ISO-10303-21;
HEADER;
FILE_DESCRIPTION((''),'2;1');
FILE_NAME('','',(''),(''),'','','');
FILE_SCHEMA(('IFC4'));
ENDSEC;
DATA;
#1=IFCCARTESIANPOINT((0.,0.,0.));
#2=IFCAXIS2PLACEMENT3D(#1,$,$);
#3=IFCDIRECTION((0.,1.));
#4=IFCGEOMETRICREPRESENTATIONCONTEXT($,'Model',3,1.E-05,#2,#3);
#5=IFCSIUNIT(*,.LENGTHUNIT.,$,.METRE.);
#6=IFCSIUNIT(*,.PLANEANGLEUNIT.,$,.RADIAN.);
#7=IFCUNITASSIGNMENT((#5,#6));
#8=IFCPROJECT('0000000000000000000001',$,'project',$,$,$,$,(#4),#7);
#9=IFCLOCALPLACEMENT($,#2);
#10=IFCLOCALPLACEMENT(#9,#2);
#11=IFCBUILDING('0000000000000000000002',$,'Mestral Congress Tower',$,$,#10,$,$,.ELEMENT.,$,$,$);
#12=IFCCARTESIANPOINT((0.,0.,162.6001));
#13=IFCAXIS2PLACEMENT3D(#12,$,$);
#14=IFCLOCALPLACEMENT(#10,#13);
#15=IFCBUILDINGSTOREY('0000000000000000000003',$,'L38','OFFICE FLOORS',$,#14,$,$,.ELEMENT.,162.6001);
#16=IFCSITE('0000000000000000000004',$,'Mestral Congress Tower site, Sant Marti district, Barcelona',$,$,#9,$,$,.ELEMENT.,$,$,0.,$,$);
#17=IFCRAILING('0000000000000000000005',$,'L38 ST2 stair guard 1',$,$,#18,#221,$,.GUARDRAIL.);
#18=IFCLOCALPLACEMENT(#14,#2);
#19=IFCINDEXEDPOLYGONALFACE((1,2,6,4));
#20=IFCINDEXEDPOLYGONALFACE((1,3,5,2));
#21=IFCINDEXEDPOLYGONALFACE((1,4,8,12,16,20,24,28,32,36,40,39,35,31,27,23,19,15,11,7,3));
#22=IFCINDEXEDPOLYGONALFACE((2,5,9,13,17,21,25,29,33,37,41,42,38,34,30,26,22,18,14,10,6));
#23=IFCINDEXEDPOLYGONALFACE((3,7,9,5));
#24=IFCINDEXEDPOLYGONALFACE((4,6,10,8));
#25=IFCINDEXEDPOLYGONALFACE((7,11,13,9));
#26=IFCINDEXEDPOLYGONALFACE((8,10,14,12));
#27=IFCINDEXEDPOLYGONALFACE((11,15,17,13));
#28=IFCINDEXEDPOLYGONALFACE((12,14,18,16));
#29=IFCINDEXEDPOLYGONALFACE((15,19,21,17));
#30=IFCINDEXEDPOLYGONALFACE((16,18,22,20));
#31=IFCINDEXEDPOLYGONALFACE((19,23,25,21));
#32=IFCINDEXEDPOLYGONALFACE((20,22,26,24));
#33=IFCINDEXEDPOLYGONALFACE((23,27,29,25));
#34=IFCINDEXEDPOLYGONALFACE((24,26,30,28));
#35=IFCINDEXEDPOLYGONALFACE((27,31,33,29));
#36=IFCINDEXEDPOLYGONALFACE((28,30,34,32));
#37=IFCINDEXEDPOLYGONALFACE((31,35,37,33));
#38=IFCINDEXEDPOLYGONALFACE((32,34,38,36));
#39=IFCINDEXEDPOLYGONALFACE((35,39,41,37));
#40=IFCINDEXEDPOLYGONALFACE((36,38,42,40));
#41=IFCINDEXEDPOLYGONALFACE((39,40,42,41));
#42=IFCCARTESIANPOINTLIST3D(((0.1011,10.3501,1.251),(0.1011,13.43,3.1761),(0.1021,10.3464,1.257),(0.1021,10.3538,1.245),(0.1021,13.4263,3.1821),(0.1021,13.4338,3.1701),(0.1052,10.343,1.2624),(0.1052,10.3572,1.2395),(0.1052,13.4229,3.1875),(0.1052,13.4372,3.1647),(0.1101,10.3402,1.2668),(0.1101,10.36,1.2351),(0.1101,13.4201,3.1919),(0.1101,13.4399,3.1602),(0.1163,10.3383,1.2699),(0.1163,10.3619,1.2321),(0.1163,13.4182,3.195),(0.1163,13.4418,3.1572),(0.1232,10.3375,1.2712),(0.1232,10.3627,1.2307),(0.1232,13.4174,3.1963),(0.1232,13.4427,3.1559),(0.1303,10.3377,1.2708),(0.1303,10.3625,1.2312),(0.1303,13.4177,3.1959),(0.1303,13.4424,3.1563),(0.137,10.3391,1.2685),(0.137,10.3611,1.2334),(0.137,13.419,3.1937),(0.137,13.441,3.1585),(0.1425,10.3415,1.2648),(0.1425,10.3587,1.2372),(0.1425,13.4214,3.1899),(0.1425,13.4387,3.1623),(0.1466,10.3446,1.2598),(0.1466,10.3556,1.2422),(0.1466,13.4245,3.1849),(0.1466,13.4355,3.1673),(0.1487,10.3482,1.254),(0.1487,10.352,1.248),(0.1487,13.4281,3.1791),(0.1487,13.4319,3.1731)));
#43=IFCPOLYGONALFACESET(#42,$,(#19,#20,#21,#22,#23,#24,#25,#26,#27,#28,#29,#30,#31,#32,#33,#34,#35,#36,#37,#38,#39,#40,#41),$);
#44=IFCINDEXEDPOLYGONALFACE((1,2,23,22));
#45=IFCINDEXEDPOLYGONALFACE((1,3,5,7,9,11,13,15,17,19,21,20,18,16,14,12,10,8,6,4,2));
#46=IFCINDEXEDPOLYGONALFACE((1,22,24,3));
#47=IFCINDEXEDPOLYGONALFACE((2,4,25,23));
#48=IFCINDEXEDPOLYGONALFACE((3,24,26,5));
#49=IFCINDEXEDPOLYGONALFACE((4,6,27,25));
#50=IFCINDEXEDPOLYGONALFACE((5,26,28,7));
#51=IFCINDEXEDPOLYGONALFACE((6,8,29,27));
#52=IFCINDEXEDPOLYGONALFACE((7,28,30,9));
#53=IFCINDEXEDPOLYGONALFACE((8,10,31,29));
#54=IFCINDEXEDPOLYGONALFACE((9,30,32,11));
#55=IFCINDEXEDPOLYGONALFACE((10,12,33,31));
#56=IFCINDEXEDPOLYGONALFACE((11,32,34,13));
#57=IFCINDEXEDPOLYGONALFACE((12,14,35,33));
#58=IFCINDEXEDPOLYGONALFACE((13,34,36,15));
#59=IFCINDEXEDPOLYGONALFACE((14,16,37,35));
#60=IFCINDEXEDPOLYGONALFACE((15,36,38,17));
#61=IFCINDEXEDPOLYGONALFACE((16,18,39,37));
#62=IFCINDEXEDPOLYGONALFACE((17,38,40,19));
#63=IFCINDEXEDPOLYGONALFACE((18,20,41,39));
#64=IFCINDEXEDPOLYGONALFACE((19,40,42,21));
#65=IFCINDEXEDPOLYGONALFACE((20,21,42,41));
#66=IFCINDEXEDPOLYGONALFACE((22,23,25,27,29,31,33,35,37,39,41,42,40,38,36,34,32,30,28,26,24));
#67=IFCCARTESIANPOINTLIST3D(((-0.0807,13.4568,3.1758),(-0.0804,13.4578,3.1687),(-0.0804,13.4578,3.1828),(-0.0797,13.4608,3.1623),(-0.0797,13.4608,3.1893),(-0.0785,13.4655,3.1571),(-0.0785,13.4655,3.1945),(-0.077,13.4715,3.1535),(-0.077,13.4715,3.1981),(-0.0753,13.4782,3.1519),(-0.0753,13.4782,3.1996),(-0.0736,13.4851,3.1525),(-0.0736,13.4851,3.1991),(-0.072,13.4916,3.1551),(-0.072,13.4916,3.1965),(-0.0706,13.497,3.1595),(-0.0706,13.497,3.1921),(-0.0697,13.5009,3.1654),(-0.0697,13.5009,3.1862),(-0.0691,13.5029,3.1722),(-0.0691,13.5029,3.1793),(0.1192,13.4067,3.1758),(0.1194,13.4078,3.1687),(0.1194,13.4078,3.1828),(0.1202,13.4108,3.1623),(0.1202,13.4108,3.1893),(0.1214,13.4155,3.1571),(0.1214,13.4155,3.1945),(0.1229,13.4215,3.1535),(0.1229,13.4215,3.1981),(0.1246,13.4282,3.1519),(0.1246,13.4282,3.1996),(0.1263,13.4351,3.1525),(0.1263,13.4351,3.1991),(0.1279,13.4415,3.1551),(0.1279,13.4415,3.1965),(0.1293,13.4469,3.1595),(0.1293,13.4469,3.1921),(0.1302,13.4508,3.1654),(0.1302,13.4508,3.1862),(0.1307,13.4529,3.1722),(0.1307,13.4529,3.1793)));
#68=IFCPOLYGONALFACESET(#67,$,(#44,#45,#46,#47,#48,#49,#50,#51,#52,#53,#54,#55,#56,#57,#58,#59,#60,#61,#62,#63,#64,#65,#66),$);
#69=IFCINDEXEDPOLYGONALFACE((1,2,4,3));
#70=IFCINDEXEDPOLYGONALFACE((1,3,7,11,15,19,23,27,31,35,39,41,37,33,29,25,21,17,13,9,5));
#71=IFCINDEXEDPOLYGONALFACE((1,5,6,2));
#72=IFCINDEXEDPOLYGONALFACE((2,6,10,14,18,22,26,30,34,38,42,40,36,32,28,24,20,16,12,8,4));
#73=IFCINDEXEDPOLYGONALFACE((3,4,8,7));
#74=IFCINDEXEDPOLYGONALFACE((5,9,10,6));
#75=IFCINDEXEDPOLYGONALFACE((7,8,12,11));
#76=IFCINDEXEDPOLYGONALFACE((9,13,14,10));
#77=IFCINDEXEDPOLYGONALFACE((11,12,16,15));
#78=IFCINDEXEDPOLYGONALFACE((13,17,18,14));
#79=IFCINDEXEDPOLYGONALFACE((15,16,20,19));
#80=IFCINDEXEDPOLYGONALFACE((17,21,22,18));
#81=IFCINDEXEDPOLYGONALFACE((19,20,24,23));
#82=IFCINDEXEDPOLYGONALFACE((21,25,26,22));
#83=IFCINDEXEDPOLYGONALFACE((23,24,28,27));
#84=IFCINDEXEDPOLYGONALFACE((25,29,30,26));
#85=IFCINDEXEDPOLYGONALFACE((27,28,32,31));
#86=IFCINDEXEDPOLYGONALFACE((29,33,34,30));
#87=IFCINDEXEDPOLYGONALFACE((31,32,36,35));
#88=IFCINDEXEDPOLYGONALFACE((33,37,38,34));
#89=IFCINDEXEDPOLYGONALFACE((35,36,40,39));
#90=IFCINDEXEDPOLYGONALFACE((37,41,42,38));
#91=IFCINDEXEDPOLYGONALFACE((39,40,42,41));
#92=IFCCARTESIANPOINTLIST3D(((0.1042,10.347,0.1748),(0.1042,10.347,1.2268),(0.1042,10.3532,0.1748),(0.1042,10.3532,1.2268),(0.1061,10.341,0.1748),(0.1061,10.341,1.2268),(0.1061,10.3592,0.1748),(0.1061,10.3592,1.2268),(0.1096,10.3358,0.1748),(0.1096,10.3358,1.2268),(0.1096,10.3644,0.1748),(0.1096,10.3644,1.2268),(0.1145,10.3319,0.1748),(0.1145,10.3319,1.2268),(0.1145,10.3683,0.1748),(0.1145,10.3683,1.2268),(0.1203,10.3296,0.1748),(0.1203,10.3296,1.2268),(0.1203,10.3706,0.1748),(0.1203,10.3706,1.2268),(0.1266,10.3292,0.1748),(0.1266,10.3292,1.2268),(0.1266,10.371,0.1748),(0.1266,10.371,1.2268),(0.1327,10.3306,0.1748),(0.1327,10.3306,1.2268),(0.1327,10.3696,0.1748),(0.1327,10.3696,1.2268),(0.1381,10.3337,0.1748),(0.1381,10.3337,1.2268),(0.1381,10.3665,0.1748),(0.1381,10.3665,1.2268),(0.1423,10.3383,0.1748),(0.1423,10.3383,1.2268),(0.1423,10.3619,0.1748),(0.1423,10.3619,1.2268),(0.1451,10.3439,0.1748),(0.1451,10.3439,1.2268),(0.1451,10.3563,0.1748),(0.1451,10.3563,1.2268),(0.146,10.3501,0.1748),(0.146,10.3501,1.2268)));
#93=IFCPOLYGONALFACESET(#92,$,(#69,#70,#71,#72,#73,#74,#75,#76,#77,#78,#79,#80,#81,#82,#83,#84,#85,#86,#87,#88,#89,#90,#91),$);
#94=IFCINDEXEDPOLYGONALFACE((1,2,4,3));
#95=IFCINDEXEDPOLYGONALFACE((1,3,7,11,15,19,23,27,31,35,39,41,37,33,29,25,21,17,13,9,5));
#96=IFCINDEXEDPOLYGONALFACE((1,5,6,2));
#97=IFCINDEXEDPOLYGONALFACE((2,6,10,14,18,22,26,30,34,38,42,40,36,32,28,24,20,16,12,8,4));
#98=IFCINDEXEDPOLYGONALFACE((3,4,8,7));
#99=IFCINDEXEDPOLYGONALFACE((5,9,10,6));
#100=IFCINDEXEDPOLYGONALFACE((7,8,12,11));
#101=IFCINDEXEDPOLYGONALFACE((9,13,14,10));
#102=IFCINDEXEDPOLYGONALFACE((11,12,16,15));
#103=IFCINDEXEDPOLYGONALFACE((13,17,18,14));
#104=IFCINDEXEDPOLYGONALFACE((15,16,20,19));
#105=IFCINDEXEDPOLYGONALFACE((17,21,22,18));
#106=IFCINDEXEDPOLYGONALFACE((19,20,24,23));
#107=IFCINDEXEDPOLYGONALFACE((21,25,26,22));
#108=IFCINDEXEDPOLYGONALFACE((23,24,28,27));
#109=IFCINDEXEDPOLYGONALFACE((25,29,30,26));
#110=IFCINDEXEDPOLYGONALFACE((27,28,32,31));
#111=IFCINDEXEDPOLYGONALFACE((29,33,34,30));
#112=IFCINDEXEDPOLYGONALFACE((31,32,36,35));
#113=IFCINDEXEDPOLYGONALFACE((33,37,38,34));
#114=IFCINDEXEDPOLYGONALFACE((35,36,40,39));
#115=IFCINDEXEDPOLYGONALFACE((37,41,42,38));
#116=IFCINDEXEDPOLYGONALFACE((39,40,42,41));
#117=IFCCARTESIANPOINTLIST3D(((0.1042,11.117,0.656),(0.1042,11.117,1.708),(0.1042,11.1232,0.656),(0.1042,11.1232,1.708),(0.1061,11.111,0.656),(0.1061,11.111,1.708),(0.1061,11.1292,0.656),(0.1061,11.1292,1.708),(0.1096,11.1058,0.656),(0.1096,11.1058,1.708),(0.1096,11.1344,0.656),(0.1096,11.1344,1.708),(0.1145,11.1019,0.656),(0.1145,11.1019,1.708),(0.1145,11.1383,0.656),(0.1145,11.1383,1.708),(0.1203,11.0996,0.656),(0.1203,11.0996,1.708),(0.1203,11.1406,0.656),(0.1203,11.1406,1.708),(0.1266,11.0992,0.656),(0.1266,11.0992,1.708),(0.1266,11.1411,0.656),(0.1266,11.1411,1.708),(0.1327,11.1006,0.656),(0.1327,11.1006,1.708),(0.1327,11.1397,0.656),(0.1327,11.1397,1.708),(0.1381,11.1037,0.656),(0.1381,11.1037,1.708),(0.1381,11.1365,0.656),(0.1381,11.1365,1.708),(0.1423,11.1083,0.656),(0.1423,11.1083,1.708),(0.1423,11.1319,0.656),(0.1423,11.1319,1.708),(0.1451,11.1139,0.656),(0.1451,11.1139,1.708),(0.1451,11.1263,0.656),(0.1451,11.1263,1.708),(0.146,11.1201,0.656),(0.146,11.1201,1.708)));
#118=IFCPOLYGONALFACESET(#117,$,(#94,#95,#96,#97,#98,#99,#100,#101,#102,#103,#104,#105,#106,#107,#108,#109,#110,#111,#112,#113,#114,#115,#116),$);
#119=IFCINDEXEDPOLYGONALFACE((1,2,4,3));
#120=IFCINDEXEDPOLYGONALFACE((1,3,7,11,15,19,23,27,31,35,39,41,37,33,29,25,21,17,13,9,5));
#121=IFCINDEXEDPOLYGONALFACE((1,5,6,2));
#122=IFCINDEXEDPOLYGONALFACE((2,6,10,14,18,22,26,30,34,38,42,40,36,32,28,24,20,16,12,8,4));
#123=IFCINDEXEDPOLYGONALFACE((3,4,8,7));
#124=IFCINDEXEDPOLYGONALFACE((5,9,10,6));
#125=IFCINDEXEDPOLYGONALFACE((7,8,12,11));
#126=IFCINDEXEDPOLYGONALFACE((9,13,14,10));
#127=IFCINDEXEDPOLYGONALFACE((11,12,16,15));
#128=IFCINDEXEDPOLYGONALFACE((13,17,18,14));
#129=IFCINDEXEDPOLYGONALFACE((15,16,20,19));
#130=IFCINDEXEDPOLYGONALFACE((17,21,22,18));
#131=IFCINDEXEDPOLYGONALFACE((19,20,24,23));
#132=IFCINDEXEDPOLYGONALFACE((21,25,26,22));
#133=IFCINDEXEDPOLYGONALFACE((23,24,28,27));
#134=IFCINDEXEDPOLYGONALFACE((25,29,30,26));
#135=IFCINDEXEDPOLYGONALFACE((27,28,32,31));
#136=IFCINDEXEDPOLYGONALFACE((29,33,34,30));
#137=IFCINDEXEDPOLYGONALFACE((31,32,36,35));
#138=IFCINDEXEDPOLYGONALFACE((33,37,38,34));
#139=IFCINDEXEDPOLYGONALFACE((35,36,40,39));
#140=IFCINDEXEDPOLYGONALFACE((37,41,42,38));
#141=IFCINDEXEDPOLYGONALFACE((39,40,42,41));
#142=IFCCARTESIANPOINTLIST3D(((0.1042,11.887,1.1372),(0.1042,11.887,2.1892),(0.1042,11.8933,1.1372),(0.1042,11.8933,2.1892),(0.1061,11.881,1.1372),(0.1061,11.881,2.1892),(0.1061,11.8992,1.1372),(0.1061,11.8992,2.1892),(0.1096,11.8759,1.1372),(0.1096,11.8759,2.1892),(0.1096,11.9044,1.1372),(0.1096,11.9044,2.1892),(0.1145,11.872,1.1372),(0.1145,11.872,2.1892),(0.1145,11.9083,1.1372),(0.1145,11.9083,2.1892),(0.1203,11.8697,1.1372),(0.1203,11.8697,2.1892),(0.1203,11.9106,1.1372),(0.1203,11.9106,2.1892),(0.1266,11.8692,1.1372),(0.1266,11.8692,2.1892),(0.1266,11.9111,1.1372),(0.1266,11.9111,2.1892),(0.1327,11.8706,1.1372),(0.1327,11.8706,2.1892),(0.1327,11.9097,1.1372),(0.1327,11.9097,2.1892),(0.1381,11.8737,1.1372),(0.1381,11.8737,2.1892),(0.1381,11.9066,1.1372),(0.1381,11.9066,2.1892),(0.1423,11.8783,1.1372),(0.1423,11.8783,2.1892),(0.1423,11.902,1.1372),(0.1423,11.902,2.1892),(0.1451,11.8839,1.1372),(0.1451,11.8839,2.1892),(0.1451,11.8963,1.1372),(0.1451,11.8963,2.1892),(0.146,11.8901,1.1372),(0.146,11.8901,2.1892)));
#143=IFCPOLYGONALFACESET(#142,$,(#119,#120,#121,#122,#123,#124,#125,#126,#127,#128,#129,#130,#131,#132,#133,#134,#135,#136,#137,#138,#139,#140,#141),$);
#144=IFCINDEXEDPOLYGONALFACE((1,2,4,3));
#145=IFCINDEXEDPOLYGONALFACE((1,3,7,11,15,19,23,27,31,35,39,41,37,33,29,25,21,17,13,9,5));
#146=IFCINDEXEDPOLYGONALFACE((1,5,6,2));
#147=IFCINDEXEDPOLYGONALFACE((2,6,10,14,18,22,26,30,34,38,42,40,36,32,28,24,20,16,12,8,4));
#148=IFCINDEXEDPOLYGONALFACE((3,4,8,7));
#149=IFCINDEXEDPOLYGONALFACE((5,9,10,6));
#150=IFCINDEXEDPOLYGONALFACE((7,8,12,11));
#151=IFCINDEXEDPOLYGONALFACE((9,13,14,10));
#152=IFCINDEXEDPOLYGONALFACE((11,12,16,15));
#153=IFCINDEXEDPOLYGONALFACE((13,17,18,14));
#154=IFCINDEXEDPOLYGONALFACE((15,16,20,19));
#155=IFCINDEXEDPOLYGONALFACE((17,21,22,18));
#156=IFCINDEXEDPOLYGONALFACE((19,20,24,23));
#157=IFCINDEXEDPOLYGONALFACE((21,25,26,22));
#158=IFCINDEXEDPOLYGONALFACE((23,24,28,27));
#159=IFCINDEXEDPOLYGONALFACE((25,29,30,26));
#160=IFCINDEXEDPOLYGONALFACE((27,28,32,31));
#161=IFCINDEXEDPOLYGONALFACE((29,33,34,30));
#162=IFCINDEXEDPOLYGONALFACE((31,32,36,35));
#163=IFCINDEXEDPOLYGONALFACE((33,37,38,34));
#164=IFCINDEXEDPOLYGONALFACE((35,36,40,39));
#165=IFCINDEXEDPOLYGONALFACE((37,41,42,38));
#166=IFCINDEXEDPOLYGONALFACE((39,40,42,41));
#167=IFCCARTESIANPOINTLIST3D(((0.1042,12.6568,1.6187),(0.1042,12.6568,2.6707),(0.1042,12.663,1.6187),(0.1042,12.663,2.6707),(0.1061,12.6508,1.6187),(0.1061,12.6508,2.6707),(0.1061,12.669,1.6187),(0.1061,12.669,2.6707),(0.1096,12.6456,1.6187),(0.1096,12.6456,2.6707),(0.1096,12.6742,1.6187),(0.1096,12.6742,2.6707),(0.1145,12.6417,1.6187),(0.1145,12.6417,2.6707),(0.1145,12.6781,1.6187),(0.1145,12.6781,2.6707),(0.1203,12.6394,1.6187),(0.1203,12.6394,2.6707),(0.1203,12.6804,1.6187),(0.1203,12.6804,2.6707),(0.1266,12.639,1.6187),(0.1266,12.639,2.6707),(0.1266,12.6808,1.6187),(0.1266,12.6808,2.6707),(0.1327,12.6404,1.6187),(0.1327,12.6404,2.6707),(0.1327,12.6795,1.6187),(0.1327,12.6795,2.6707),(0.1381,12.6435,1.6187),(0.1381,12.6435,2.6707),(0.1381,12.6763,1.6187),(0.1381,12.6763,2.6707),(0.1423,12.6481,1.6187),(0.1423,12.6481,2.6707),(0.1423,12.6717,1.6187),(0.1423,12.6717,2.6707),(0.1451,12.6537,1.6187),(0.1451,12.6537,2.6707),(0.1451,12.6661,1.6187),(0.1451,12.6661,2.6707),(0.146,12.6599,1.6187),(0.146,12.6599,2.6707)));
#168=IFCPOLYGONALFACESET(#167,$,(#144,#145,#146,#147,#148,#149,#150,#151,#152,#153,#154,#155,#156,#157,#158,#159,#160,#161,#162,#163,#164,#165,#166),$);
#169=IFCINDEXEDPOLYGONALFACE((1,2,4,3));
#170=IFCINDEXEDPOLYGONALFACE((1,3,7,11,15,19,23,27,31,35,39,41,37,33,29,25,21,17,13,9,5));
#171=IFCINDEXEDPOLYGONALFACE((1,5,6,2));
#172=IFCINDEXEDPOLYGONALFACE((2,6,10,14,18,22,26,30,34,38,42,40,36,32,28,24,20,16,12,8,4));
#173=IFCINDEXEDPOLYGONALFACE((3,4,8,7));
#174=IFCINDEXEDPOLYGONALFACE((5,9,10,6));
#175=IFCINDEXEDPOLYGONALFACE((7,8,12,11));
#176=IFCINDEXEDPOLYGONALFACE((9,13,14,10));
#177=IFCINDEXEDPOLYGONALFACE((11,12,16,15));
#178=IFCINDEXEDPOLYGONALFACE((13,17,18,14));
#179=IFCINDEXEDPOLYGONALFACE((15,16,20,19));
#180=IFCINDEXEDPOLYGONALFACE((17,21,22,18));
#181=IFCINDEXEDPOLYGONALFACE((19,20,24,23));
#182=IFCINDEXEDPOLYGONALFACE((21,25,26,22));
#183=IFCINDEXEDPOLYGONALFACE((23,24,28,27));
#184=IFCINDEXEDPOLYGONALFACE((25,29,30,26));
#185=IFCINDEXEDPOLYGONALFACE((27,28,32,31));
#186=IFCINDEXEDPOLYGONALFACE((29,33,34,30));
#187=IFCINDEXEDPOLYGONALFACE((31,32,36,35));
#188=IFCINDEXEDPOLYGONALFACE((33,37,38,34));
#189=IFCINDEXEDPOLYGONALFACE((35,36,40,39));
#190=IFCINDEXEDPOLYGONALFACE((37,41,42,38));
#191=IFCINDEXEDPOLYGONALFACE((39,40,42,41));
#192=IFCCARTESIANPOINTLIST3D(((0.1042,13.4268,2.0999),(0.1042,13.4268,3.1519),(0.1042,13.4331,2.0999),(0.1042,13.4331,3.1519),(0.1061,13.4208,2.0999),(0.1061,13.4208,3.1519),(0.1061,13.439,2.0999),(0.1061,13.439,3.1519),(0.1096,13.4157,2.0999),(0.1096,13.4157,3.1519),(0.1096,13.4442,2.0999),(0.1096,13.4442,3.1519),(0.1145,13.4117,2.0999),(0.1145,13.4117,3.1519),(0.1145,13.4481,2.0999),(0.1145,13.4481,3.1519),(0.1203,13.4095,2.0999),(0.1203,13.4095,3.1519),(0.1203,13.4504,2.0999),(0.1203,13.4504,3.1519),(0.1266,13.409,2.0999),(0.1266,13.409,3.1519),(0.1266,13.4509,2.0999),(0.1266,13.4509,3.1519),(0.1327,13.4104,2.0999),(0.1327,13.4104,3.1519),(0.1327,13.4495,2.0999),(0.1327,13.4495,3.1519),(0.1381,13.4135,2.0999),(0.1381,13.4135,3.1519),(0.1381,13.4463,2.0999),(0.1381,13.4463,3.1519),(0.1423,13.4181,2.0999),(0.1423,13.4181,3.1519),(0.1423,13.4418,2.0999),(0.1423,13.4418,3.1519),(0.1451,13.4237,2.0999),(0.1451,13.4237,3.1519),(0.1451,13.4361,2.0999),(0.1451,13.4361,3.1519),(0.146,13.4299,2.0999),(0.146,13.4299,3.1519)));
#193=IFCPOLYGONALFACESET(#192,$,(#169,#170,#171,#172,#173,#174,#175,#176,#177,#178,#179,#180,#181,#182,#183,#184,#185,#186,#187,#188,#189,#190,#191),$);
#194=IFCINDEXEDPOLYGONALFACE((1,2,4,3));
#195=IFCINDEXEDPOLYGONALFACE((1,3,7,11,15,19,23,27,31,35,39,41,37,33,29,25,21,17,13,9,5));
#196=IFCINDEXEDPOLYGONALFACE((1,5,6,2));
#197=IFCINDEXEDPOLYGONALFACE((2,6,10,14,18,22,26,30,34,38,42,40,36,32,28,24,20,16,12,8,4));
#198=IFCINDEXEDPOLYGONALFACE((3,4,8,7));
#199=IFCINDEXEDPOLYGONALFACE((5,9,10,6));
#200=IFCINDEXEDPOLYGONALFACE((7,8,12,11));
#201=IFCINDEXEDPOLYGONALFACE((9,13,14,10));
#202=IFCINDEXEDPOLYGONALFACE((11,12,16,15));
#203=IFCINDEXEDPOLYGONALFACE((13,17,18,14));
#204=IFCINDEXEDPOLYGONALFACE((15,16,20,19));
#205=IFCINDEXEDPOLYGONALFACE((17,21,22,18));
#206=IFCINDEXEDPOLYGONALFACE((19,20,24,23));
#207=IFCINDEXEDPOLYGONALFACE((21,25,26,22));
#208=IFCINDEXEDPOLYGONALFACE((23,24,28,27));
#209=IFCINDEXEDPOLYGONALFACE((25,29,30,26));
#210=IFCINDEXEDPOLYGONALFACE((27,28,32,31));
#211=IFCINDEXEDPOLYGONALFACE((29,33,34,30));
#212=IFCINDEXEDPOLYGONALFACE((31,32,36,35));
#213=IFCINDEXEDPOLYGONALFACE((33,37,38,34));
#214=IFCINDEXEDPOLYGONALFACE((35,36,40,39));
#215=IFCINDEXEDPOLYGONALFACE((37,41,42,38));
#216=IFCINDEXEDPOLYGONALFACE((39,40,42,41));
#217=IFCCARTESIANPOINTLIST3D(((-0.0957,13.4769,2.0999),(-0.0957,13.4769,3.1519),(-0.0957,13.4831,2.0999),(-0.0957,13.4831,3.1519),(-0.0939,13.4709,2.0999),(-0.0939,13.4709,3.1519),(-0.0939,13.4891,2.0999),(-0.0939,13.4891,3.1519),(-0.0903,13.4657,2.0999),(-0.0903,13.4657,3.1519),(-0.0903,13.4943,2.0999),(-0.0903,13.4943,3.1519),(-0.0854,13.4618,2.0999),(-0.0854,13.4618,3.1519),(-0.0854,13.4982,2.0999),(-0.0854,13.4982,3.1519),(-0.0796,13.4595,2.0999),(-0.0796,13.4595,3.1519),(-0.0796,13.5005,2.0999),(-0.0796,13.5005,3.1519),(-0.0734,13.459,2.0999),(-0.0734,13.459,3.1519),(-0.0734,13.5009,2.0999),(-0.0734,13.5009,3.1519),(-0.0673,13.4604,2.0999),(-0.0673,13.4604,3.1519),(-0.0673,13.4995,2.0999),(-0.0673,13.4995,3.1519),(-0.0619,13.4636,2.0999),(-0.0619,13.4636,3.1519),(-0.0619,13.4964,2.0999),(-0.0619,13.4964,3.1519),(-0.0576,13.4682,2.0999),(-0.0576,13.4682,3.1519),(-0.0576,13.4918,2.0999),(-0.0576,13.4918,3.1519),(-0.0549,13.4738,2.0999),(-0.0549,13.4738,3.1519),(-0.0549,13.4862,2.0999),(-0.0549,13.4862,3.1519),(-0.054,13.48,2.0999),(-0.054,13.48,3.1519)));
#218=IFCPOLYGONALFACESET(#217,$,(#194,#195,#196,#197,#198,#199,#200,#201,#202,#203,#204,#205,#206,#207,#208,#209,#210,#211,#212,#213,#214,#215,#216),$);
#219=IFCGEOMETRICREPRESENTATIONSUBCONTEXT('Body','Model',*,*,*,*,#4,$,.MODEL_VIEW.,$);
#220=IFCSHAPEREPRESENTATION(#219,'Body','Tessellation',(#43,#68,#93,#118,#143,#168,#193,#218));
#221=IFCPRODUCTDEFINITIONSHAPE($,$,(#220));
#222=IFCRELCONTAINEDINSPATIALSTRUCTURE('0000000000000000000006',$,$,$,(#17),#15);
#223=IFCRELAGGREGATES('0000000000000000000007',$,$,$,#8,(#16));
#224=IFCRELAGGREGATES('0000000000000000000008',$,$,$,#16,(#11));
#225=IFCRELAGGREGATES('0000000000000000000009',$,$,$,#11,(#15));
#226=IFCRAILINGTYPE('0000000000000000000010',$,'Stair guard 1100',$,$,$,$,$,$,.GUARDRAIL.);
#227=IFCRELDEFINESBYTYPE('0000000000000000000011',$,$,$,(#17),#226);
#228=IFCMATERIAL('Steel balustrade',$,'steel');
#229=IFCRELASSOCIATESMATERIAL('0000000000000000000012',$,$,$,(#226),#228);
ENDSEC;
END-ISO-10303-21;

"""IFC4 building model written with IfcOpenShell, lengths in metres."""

from ifc_helpers import new_model, si_unit, direction, frame, origin, origin_2d, place, context, subcontext, project, spatial, circle, extrude, material, type_object, element, save


model = new_model("IFC4")

# Units and contexts
model_context = context("Model", 3, precision=1e-05, world=origin(), true_north=direction((0.0, 1.0)))
body_context = subcontext(model_context, "Body", "Model", "MODEL_VIEW")
ifc_project = project(units=[si_unit("LENGTHUNIT", "METRE"), si_unit("PLANEANGLEUNIT", "RADIAN")], contexts=[model_context])

# Site, building, storey
site_placement = place(None, origin())
site = spatial("IfcSite", under=ifc_project, at=site_placement, Name="Mestral Congress Tower site, Sant Marti district, Barcelona", CompositionType="ELEMENT", RefElevation=0.0)
building_placement = place(site_placement, origin())
building = spatial("IfcBuilding", under=site, at=building_placement, Name="Mestral Congress Tower", CompositionType="ELEMENT")
storey_placement = place(building_placement, frame((0.0, 0.0, 162.6001)))
storey = spatial("IfcBuildingStorey", under=building, at=storey_placement, Name="L38", Description="OFFICE FLOORS", CompositionType="ELEMENT", Elevation=162.6001)

# Railing
ifc_material_1 = material(Name="Steel balustrade", Category="steel")
railing_type_1 = type_object("IfcRailingType", Name="Stair guard 1100", PredefinedType="GUARDRAIL", material=ifc_material_1)
railing_1_placement = place(storey_placement, frame((0.125, 10.3501, 0.1748)))
element("IfcRailing", 1, at=railing_1_placement, inside=storey, type_object=railing_type_1, Name="L38 ST2 stair guard 1", PredefinedType="GUARDRAIL", context=body_context, shape_type="SweptSolid", body=[
    extrude(circle(Radius=0.0239, at=origin_2d()), frame((0.0, 0.0, 1.0762), z_axis=(0.0, 0.847979, 0.530029), x_axis=(-1.0, 0.0, 0.0)), (0.0, 0.0, 1.0), 3.6321),
    extrude(circle(Radius=0.0239, at=origin_2d()), frame((0.0, 3.0798, 3.001), z_axis=(-0.970073, 0.242814, 0.0), x_axis=(-0.242814, -0.970073, 0.0)), (0.0, 0.0, 1.0), 0.2061),
    extrude(circle(Radius=0.021, at=origin_2d()), origin(), (0.0, 0.0, 1.0), 1.052),
    extrude(circle(Radius=0.021, at=origin_2d()), frame((0.0, 0.77, 0.4812)), (0.0, 0.0, 1.0), 1.052),
    extrude(circle(Radius=0.021, at=origin_2d()), frame((0.0, 1.54, 0.9624)), (0.0, 0.0, 1.0), 1.052),
    extrude(circle(Radius=0.021, at=origin_2d()), frame((0.0, 2.3098, 1.4438)), (0.0, 0.0, 1.0), 1.052),
    extrude(circle(Radius=0.021, at=origin_2d()), frame((0.0, 3.0798, 1.925)), (0.0, 0.0, 1.0), 1.052),
    extrude(circle(Radius=0.021, at=origin_2d()), frame((-0.2, 3.1299, 1.925)), (0.0, 0.0, 1.0), 1.052),
])

save(model, "model.ifc")
